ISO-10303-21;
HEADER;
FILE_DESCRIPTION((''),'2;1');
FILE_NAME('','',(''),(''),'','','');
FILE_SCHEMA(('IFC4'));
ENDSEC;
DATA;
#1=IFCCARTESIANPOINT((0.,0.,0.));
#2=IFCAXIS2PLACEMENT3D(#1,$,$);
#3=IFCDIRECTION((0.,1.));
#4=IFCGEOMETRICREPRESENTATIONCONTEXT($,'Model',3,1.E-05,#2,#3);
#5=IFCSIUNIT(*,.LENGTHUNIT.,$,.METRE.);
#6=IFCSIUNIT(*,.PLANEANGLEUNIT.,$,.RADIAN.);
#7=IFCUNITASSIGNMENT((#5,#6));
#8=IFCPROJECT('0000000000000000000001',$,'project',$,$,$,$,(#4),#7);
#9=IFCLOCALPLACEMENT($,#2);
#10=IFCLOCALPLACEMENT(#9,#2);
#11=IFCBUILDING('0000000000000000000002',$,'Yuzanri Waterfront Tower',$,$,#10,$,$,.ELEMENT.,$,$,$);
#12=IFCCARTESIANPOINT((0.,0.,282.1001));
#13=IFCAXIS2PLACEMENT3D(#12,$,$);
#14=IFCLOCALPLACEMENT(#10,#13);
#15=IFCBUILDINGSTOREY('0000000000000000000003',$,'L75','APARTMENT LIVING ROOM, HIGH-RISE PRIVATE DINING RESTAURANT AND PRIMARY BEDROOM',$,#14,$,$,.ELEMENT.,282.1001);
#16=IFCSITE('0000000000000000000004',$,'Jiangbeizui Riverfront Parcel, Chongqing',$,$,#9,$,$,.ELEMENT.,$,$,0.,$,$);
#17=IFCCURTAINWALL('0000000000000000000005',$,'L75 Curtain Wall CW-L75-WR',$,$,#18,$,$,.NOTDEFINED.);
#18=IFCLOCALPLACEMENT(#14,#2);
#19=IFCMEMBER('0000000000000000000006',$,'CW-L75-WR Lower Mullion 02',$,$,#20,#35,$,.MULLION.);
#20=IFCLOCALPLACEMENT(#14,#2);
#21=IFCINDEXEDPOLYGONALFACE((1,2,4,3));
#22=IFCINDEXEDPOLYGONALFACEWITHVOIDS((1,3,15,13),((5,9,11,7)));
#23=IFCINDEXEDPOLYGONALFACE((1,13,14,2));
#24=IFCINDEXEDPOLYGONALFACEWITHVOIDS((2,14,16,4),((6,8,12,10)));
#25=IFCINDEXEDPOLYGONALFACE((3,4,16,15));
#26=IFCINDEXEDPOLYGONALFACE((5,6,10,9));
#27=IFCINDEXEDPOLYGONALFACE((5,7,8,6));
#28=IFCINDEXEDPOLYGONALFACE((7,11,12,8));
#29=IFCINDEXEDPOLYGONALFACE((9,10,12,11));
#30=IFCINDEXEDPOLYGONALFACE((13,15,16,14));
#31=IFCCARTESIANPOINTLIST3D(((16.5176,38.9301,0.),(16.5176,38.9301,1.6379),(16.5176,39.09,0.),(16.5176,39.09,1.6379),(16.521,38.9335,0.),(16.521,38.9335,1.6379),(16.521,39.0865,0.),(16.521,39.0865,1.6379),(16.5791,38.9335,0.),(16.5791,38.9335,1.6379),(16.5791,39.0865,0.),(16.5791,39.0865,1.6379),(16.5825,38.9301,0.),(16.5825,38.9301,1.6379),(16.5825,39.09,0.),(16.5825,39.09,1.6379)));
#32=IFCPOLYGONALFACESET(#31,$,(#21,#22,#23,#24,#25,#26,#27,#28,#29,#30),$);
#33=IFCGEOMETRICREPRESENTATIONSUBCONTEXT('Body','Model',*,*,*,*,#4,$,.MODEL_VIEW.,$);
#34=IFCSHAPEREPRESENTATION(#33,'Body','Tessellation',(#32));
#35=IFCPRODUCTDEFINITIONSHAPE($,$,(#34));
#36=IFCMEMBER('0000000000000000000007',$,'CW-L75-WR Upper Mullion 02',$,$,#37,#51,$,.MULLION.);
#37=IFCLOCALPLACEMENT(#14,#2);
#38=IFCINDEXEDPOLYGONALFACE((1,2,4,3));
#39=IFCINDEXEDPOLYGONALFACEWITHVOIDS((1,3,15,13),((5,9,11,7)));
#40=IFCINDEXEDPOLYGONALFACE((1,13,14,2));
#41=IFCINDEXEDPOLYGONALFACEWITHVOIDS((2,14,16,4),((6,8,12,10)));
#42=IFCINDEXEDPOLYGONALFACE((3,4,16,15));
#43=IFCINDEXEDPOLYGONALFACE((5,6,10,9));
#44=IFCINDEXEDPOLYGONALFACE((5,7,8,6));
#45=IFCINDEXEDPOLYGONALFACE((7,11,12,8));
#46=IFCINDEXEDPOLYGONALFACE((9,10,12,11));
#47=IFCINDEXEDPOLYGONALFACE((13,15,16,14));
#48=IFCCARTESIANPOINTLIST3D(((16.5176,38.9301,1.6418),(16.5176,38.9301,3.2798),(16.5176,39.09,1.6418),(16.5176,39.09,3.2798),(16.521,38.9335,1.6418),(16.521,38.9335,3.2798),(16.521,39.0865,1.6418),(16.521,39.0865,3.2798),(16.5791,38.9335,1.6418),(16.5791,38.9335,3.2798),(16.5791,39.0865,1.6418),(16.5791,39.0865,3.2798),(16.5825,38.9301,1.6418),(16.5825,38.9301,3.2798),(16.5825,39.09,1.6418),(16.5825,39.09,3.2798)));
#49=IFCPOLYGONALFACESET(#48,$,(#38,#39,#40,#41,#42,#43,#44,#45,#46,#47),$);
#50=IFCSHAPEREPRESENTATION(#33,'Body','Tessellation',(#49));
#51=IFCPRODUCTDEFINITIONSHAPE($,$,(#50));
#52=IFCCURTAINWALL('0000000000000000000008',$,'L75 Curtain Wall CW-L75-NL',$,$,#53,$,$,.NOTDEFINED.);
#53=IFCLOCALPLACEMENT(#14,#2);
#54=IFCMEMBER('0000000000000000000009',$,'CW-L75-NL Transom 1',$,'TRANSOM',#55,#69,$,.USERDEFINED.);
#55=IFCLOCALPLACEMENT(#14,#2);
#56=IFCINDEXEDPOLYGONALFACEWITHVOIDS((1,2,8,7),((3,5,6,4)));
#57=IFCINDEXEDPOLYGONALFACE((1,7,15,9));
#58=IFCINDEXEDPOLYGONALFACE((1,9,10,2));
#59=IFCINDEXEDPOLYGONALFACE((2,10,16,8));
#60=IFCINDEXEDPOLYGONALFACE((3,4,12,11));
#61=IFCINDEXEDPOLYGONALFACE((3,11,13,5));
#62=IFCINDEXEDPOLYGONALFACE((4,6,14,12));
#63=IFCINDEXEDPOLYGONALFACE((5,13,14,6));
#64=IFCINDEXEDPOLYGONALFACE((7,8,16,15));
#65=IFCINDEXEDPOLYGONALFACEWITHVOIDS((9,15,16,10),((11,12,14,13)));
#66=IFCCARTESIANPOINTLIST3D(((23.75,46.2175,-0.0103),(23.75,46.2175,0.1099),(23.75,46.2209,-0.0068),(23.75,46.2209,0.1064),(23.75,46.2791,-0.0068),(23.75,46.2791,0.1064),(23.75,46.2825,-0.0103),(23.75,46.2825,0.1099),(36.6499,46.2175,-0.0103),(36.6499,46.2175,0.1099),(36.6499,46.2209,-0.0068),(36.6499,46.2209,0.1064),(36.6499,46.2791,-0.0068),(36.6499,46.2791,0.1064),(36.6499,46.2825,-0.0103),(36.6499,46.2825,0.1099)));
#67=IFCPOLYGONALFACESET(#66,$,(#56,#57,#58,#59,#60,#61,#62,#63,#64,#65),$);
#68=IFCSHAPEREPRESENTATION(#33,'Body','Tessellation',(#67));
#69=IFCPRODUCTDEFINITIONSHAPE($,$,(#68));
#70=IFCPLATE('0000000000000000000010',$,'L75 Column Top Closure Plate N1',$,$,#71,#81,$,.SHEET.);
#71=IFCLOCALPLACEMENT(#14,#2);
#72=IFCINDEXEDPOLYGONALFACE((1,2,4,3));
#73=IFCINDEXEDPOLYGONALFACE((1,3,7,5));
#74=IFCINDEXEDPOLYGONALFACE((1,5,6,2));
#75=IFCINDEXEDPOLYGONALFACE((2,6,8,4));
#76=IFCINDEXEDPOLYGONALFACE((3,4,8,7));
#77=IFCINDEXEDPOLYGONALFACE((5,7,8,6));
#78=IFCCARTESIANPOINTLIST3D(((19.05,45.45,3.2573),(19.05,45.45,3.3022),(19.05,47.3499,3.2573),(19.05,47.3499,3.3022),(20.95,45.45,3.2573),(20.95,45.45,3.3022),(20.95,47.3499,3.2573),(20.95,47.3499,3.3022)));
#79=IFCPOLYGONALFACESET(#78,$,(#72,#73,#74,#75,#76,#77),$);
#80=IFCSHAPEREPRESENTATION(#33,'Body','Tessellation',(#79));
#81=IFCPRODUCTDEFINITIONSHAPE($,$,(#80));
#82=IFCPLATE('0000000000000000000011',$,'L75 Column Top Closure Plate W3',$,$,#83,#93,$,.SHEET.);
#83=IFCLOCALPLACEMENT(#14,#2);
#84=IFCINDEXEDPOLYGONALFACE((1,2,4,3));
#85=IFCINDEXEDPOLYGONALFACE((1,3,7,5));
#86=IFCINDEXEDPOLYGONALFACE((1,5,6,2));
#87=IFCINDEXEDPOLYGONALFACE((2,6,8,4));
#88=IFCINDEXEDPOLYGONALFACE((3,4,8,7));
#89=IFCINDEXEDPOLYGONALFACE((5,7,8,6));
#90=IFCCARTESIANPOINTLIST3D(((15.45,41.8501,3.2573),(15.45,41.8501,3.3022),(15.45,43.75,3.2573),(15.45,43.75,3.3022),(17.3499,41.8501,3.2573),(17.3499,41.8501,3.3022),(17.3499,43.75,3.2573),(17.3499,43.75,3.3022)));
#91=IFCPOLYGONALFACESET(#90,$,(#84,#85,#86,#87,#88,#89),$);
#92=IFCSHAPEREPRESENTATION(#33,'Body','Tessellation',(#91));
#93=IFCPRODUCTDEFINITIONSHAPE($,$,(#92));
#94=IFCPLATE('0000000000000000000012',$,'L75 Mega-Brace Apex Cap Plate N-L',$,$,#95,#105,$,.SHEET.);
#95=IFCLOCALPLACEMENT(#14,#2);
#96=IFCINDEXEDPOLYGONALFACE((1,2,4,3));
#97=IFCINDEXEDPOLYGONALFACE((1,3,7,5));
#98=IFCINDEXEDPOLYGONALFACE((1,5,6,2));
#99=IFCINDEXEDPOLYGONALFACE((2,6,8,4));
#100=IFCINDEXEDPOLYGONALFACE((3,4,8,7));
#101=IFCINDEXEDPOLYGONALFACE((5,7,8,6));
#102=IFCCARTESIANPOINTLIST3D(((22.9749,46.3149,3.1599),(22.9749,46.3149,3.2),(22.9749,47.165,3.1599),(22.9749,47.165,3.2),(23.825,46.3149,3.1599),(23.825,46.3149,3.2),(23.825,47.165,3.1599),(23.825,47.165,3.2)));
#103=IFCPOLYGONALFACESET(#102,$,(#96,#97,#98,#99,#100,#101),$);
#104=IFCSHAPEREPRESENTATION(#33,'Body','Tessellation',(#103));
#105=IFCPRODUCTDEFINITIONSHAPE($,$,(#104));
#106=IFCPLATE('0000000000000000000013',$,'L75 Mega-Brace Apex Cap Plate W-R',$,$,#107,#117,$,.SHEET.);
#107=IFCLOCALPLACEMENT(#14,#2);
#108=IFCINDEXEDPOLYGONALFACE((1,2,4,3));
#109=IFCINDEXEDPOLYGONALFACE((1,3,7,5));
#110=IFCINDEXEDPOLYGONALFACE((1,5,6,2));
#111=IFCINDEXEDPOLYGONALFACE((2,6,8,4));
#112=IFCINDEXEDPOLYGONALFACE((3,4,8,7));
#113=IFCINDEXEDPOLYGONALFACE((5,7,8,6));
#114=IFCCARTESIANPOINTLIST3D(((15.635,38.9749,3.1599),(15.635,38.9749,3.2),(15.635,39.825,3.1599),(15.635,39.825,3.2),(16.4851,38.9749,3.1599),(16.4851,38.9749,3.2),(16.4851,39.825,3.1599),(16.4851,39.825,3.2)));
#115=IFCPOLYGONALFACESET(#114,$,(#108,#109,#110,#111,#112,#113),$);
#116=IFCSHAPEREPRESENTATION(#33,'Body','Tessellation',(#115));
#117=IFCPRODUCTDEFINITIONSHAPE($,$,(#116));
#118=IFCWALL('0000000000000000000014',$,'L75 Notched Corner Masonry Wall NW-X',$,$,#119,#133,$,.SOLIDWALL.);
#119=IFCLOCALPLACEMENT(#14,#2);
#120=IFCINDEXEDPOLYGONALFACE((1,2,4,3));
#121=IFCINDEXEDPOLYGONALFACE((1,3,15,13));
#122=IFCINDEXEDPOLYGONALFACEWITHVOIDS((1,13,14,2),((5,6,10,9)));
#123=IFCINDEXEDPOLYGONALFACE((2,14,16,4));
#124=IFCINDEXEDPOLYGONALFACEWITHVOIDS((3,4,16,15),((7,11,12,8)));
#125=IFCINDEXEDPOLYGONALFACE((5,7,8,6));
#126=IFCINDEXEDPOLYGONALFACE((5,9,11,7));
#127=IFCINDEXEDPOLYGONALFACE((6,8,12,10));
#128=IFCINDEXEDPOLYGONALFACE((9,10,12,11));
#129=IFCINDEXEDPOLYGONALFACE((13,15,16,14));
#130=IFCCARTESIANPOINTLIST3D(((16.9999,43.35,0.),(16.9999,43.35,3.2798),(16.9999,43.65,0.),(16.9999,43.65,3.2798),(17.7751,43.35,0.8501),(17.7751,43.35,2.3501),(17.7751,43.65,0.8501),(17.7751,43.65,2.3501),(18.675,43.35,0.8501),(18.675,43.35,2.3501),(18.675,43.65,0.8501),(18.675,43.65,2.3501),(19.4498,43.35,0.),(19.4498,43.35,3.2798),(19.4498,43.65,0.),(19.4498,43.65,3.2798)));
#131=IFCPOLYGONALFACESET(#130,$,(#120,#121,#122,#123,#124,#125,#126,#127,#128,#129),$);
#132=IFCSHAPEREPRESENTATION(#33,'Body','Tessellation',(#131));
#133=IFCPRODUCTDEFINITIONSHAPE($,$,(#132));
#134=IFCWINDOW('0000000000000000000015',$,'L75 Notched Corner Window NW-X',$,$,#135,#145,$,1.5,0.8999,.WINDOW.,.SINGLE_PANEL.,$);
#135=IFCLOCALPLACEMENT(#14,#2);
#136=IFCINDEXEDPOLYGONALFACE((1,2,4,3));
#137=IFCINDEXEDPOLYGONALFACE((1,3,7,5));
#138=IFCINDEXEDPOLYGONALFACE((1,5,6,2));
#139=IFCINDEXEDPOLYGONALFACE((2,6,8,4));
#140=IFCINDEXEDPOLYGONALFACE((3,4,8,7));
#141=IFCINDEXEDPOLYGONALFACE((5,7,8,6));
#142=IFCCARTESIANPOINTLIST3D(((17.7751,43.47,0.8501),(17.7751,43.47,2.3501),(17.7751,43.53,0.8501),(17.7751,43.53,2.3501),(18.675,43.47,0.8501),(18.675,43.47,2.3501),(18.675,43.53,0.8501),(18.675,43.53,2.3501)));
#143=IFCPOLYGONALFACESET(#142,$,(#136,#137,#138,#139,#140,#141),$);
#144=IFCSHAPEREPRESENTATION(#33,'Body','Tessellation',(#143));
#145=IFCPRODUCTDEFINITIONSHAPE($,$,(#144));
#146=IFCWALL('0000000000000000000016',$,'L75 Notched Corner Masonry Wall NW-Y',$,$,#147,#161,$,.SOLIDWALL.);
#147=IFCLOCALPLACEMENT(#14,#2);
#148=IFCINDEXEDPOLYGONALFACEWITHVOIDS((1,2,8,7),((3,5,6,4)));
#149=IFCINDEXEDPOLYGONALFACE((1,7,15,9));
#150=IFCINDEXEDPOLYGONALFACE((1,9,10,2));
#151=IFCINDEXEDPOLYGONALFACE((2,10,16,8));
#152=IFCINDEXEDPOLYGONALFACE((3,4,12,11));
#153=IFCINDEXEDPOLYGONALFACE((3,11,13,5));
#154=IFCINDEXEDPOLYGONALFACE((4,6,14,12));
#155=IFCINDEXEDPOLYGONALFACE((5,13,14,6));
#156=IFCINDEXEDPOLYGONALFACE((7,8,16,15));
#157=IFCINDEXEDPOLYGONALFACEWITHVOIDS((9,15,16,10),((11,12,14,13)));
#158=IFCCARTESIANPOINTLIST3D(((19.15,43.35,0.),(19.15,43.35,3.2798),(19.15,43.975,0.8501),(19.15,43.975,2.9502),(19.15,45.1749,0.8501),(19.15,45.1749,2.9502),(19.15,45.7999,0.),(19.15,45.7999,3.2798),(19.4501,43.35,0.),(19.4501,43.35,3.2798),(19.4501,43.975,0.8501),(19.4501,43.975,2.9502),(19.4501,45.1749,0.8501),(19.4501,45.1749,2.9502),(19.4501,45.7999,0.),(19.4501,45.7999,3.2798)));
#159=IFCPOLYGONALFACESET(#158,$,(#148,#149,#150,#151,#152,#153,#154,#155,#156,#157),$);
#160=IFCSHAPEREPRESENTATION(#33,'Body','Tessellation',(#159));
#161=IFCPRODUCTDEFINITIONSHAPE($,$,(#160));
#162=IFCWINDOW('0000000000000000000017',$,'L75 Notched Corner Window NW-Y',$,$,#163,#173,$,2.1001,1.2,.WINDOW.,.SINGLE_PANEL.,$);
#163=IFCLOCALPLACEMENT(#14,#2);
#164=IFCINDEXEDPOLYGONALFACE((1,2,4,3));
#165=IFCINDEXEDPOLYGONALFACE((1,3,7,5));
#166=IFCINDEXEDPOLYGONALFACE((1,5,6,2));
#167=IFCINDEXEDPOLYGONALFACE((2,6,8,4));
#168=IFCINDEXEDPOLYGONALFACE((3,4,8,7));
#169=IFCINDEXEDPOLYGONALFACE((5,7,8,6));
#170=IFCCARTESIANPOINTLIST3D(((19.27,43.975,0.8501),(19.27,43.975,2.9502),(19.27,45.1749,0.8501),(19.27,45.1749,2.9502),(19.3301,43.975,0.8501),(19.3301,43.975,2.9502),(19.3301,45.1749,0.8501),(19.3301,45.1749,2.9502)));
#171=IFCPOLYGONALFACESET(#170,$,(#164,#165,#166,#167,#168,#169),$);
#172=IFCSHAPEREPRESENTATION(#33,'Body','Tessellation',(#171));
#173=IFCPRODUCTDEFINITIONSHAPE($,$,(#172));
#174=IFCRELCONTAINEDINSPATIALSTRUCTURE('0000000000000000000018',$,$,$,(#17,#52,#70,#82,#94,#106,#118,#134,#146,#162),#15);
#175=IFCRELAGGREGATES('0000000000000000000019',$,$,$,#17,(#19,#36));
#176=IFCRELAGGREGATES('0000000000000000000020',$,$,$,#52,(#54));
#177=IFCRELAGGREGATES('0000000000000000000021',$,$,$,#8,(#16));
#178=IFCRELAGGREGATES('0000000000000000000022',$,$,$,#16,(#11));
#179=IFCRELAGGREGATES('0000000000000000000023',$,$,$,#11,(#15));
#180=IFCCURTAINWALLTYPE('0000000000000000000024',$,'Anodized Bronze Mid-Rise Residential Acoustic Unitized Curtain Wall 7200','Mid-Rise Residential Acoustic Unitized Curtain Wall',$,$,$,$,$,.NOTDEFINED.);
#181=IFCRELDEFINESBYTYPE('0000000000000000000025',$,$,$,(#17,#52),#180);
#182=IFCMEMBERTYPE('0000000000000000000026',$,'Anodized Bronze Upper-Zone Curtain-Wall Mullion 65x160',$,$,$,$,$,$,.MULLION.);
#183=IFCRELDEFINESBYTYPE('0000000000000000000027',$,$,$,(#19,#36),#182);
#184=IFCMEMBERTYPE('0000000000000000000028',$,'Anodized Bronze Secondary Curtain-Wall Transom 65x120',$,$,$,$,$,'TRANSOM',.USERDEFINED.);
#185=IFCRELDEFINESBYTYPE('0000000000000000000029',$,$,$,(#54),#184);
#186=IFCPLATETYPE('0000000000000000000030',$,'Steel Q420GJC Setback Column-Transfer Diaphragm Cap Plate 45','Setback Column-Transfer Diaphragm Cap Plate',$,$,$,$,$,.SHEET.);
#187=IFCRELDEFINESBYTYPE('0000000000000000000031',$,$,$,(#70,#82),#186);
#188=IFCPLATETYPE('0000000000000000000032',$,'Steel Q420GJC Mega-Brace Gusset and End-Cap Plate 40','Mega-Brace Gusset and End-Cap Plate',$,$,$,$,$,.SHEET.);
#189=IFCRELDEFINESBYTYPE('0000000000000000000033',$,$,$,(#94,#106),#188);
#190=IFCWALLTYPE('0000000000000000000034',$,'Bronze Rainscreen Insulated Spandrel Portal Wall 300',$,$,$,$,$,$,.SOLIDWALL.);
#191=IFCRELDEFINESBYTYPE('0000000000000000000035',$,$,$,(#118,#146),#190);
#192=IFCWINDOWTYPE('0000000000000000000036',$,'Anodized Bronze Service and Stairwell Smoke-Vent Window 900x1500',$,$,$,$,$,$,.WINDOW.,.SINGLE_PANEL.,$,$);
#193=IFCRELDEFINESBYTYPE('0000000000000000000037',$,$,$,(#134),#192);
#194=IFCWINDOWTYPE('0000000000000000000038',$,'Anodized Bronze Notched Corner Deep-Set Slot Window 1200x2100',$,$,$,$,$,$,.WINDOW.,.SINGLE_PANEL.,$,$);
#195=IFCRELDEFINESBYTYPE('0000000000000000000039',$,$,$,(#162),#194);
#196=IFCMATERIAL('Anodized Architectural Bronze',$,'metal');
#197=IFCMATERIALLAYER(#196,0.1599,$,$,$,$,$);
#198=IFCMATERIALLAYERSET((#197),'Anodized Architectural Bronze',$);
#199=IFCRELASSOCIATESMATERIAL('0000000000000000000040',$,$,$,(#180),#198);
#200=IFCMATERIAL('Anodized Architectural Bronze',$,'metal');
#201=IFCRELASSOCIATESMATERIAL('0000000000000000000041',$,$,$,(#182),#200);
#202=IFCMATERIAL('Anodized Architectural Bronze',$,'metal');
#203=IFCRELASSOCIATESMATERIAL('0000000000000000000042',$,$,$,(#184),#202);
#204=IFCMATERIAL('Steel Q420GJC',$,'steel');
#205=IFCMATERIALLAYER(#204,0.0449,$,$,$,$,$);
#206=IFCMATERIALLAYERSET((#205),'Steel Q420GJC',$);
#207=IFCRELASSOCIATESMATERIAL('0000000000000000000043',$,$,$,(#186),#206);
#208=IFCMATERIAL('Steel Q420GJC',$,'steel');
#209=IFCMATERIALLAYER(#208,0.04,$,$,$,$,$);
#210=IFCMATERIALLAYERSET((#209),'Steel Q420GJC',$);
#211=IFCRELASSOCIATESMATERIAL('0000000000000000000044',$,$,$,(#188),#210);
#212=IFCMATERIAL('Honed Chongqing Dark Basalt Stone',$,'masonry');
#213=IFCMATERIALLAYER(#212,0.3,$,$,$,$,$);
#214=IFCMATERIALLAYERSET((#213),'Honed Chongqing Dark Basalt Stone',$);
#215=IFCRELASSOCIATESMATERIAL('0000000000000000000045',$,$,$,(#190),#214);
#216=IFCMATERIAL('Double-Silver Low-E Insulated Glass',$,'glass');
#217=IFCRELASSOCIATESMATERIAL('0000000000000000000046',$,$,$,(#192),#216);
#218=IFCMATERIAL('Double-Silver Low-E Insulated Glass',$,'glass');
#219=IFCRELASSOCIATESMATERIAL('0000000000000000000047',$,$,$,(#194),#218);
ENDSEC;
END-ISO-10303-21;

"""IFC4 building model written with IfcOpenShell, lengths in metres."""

from ifc_helpers import new_model, si_unit, direction, frame, frame_2d, origin, origin_2d, place, context, subcontext, project, spatial, rectangle, hollow_rectangle, extrude, source, transform, mapped, material, layer, layer_set, material_profile, profile_set, type_object, element, fill, aggregate, save


model = new_model("IFC4")

# Units and contexts
model_context = context("Model", 3, precision=1e-05, world=origin(), true_north=direction((0.0, 1.0)))
body_context = subcontext(model_context, "Body", "Model", "MODEL_VIEW")
ifc_project = project(units=[si_unit("LENGTHUNIT", "METRE"), si_unit("PLANEANGLEUNIT", "RADIAN")], contexts=[model_context])

# Site, building, storey
site_placement = place(None, origin())
site = spatial("IfcSite", under=ifc_project, at=site_placement, Name="Jiangbeizui Riverfront Parcel, Chongqing", CompositionType="ELEMENT", RefElevation=0.0)
building_placement = place(site_placement, origin())
building = spatial("IfcBuilding", under=site, at=building_placement, Name="Yuzanri Waterfront Tower", CompositionType="ELEMENT")
storey_placement = place(building_placement, frame((0.0, 0.0, 282.1001)))
storey = spatial("IfcBuildingStorey", under=building, at=storey_placement, Name="L75", Description="APARTMENT LIVING ROOM, HIGH-RISE PRIVATE DINING RESTAURANT AND PRIMARY BEDROOM", CompositionType="ELEMENT", Elevation=282.1001)

# Curtain wall, members
ifc_material_1 = material(Name="Anodized Architectural Bronze", Category="metal")
ifc_layer_1 = layer(ifc_material_1, 0.1599)
ifc_layer_set_1 = layer_set([ifc_layer_1], Name="Anodized Architectural Bronze")
curtain_wall_type = type_object("IfcCurtainWallType", Name="Anodized Bronze Mid-Rise Residential Acoustic Unitized Curtain Wall 7200", Description="Mid-Rise Residential Acoustic Unitized Curtain Wall", PredefinedType="NOTDEFINED", material=ifc_layer_set_1)
curtain_wall_1_placement = place(storey_placement, origin())
curtain_wall_1 = element("IfcCurtainWall", 1, at=curtain_wall_1_placement, inside=storey, type_object=curtain_wall_type, Name="L75 Curtain Wall CW-L75-WR", PredefinedType="NOTDEFINED")
ifc_material_2 = material(Name="Anodized Architectural Bronze", Category="metal")
ifc_material_profile_1 = material_profile(ifc_material_2, hollow_rectangle(XDim=0.0649, YDim=0.1599, WallThickness=0.0034, at=origin_2d()), Name="CWM 65x160")
ifc_profile_set_1 = profile_set([ifc_material_profile_1], Name="Anodized Architectural Bronze")
member_type_1 = type_object("IfcMemberType", Name="Anodized Bronze Upper-Zone Curtain-Wall Mullion 65x160", PredefinedType="MULLION", material=ifc_profile_set_1)
shared_shape_1 = source(origin(), body_context, "Body", "SweptSolid", [
    extrude(hollow_rectangle(XDim=0.0649, YDim=0.1599, WallThickness=0.0034, at=origin_2d()), origin(), (0.0, 0.0, 1.0), 1.6379),
])
member_1_placement = place(storey_placement, frame((16.55, 39.01, 0.0), z_axis=(0.0, 0.0, 1.0), x_axis=(1.0, 0.0, 0.0)))
member_1 = element("IfcMember", 2, at=member_1_placement, type_object=member_type_1, Name="CW-L75-WR Lower Mullion 02", PredefinedType="MULLION", context=body_context, shape_type="MappedRepresentation", body=[
    mapped(shared_shape_1, transform((0.0, 0.0, 0.0), scale=1.0)),
])
member_2_placement = place(storey_placement, frame((16.55, 39.01, 1.6418), z_axis=(0.0, 0.0, 1.0), x_axis=(1.0, 0.0, 0.0)))
member_2 = element("IfcMember", 3, at=member_2_placement, type_object=member_type_1, Name="CW-L75-WR Upper Mullion 02", PredefinedType="MULLION", context=body_context, shape_type="MappedRepresentation", body=[
    mapped(shared_shape_1, transform((0.0, 0.0, 0.0), scale=1.0)),
])
aggregate(curtain_wall_1, [member_1, member_2])

# Curtain wall, member
curtain_wall_2_placement = place(storey_placement, origin())
curtain_wall_2 = element("IfcCurtainWall", 4, at=curtain_wall_2_placement, inside=storey, type_object=curtain_wall_type, Name="L75 Curtain Wall CW-L75-NL", PredefinedType="NOTDEFINED")
ifc_material_3 = material(Name="Anodized Architectural Bronze", Category="metal")
ifc_material_profile_2 = material_profile(ifc_material_3, hollow_rectangle(XDim=0.0649, YDim=0.1201, WallThickness=0.0034, at=origin_2d()), Name="CWT 65x120")
ifc_profile_set_2 = profile_set([ifc_material_profile_2], Name="Anodized Architectural Bronze")
member_type_2 = type_object("IfcMemberType", Name="Anodized Bronze Secondary Curtain-Wall Transom 65x120", ElementType="TRANSOM", PredefinedType="USERDEFINED", material=ifc_profile_set_2)
shared_shape_2 = source(origin(), body_context, "Body", "SweptSolid", [
    extrude(hollow_rectangle(XDim=0.0649, YDim=0.1201, WallThickness=0.0034, at=origin_2d()), origin(), (0.0, 0.0, 1.0), 12.8999),
])
member_3_placement = place(storey_placement, frame((23.75, 46.25, 0.0498), z_axis=(1.0, 0.0, 0.0), x_axis=(0.0, 1.0, 0.0)))
member_3 = element("IfcMember", 5, at=member_3_placement, type_object=member_type_2, Name="CW-L75-NL Transom 1", ObjectType="TRANSOM", PredefinedType="USERDEFINED", context=body_context, shape_type="MappedRepresentation", body=[
    mapped(shared_shape_2, transform((0.0, 0.0, 0.0), scale=1.0)),
])
aggregate(curtain_wall_2, [member_3])

# Plates
ifc_material_4 = material(Name="Steel Q420GJC", Category="steel")
ifc_layer_2 = layer(ifc_material_4, 0.0449)
ifc_layer_set_2 = layer_set([ifc_layer_2], Name="Steel Q420GJC")
plate_type_1 = type_object("IfcPlateType", Name="Steel Q420GJC Setback Column-Transfer Diaphragm Cap Plate 45", Description="Setback Column-Transfer Diaphragm Cap Plate", PredefinedType="SHEET", material=ifc_layer_set_2)
shared_shape_3 = source(origin(), body_context, "Body", "SweptSolid", [
    extrude(rectangle(XDim=1.8999, YDim=1.8999, at=origin_2d()), origin(), (0.0, 0.0, 1.0), 0.0449),
])
for number, where, z_axis, x_axis, name in (
    (6, (20.0, 46.3999, 3.2573), (0.0, 0.0, 1.0), (1.0, 0.0, 0.0), "L75 Column Top Closure Plate N1"),
    (7, (16.3999, 42.8, 3.2573), (0.0, 0.0, 1.0), (1.0, 0.0, 0.0), "L75 Column Top Closure Plate W3"),
):
    element("IfcPlate", number, at=place(storey_placement, frame(where, z_axis=z_axis, x_axis=x_axis)), inside=storey, type_object=plate_type_1, Name=name, PredefinedType="SHEET", context=body_context, shape_type="MappedRepresentation", body=[
        mapped(shared_shape_3, transform((0.0, 0.0, 0.0), scale=1.0)),
    ])
ifc_material_5 = material(Name="Steel Q420GJC", Category="steel")
ifc_layer_3 = layer(ifc_material_5, 0.04)
ifc_layer_set_3 = layer_set([ifc_layer_3], Name="Steel Q420GJC")
plate_type_2 = type_object("IfcPlateType", Name="Steel Q420GJC Mega-Brace Gusset and End-Cap Plate 40", Description="Mega-Brace Gusset and End-Cap Plate", PredefinedType="SHEET", material=ifc_layer_set_3)
shared_shape_4 = source(origin(), body_context, "Body", "SweptSolid", [
    extrude(rectangle(XDim=0.8501, YDim=0.8501, at=origin_2d()), origin(), (0.0, 0.0, 1.0), 0.04),
])
for number, where, z_axis, x_axis, name in (
    (8, (23.3999, 46.74, 3.1599), (0.0, 0.0, 1.0), (1.0, 0.0, 0.0), "L75 Mega-Brace Apex Cap Plate N-L"),
    (9, (16.0601, 39.3999, 3.1599), (0.0, 0.0, 1.0), (1.0, 0.0, 0.0), "L75 Mega-Brace Apex Cap Plate W-R"),
):
    element("IfcPlate", number, at=place(storey_placement, frame(where, z_axis=z_axis, x_axis=x_axis)), inside=storey, type_object=plate_type_2, Name=name, PredefinedType="SHEET", context=body_context, shape_type="MappedRepresentation", body=[
        mapped(shared_shape_4, transform((0.0, 0.0, 0.0), scale=1.0)),
    ])

# Walls, openings, windows
ifc_material_6 = material(Name="Honed Chongqing Dark Basalt Stone", Category="masonry")
ifc_layer_4 = layer(ifc_material_6, 0.3)
ifc_layer_set_4 = layer_set([ifc_layer_4], Name="Honed Chongqing Dark Basalt Stone")
wall_type = type_object("IfcWallType", Name="Bronze Rainscreen Insulated Spandrel Portal Wall 300", PredefinedType="SOLIDWALL", material=ifc_layer_set_4)
wall_1_placement = place(storey_placement, frame((19.45, 43.5, 0.0), z_axis=(0.0, 0.0, 1.0), x_axis=(-1.0, 0.0, 0.0)))
wall_1 = element("IfcWall", 10, at=wall_1_placement, inside=storey, type_object=wall_type, Name="L75 Notched Corner Masonry Wall NW-X", PredefinedType="SOLIDWALL", context=body_context, shape_type="SweptSolid", body=[
    extrude(rectangle(XDim=2.45, YDim=0.3, at=frame_2d((1.2251, 0.0))), origin(), (0.0, 0.0, 1.0), 3.2798),
])
opening_1_placement = place(wall_1_placement, frame((0.7749, 0.0, 0.8501)))
opening_1 = element("IfcOpeningElement", 11, at=opening_1_placement, cuts=wall_1, PredefinedType="OPENING", context=body_context, shape_type="SweptSolid", body=[
    extrude(rectangle(XDim=0.8999, YDim=1.5, at=frame_2d((0.45, 0.75))), frame((0.0, 0.165, 0.0), z_axis=(0.0, -1.0, 0.0), x_axis=(1.0, 0.0, 0.0)), (0.0, 0.0, 1.0), 0.3298),
])
ifc_material_7 = material(Name="Double-Silver Low-E Insulated Glass", Category="glass")
window_type_1 = type_object("IfcWindowType", Name="Anodized Bronze Service and Stairwell Smoke-Vent Window 900x1500", PartitioningType="SINGLE_PANEL", PredefinedType="WINDOW", material=ifc_material_7)
shared_shape_5 = source(origin(), body_context, "Body", "SweptSolid", [
    extrude(rectangle(XDim=0.8999, YDim=1.5, at=frame_2d((0.45, 0.75))), frame((0.0, 0.03, 0.0), z_axis=(0.0, -1.0, 0.0), x_axis=(1.0, 0.0, 0.0)), (0.0, 0.0, 1.0), 0.0601),
])
window_1_placement = place(opening_1_placement, origin())
window_1 = element("IfcWindow", 12, at=window_1_placement, inside=storey, type_object=window_type_1, Name="L75 Notched Corner Window NW-X", OverallHeight=1.5, OverallWidth=0.8999, PartitioningType="SINGLE_PANEL", PredefinedType="WINDOW", context=body_context, shape_type="MappedRepresentation", body=[
    mapped(shared_shape_5, transform((0.0, 0.0, 0.0), scale=1.0)),
])
fill(opening_1, window_1)
wall_2_placement = place(storey_placement, frame((19.3, 45.8, 0.0), z_axis=(0.0, 0.0, 1.0), x_axis=(0.0, -1.0, 0.0)))
wall_2 = element("IfcWall", 13, at=wall_2_placement, inside=storey, type_object=wall_type, Name="L75 Notched Corner Masonry Wall NW-Y", PredefinedType="SOLIDWALL", context=body_context, shape_type="SweptSolid", body=[
    extrude(rectangle(XDim=2.45, YDim=0.3, at=frame_2d((1.2251, 0.0))), origin(), (0.0, 0.0, 1.0), 3.2798),
])
opening_2_placement = place(wall_2_placement, frame((0.625, 0.0, 0.8501)))
opening_2 = element("IfcOpeningElement", 14, at=opening_2_placement, cuts=wall_2, PredefinedType="OPENING", context=body_context, shape_type="SweptSolid", body=[
    extrude(rectangle(XDim=1.2, YDim=2.1001, at=frame_2d((0.6001, 1.05))), frame((0.0, 0.165, 0.0), z_axis=(0.0, -1.0, 0.0), x_axis=(1.0, 0.0, 0.0)), (0.0, 0.0, 1.0), 0.3298),
])
ifc_material_8 = material(Name="Double-Silver Low-E Insulated Glass", Category="glass")
window_type_2 = type_object("IfcWindowType", Name="Anodized Bronze Notched Corner Deep-Set Slot Window 1200x2100", PartitioningType="SINGLE_PANEL", PredefinedType="WINDOW", material=ifc_material_8)
shared_shape_6 = source(origin(), body_context, "Body", "SweptSolid", [
    extrude(rectangle(XDim=1.2, YDim=2.1001, at=frame_2d((0.6001, 1.05))), frame((0.0, 0.03, 0.0), z_axis=(0.0, -1.0, 0.0), x_axis=(1.0, 0.0, 0.0)), (0.0, 0.0, 1.0), 0.0601),
])
window_2_placement = place(opening_2_placement, origin())
window_2 = element("IfcWindow", 15, at=window_2_placement, inside=storey, type_object=window_type_2, Name="L75 Notched Corner Window NW-Y", OverallHeight=2.1001, OverallWidth=1.2, PartitioningType="SINGLE_PANEL", PredefinedType="WINDOW", context=body_context, shape_type="MappedRepresentation", body=[
    mapped(shared_shape_6, transform((0.0, 0.0, 0.0), scale=1.0)),
])
fill(opening_2, window_2)

save(model, "model.ifc")
